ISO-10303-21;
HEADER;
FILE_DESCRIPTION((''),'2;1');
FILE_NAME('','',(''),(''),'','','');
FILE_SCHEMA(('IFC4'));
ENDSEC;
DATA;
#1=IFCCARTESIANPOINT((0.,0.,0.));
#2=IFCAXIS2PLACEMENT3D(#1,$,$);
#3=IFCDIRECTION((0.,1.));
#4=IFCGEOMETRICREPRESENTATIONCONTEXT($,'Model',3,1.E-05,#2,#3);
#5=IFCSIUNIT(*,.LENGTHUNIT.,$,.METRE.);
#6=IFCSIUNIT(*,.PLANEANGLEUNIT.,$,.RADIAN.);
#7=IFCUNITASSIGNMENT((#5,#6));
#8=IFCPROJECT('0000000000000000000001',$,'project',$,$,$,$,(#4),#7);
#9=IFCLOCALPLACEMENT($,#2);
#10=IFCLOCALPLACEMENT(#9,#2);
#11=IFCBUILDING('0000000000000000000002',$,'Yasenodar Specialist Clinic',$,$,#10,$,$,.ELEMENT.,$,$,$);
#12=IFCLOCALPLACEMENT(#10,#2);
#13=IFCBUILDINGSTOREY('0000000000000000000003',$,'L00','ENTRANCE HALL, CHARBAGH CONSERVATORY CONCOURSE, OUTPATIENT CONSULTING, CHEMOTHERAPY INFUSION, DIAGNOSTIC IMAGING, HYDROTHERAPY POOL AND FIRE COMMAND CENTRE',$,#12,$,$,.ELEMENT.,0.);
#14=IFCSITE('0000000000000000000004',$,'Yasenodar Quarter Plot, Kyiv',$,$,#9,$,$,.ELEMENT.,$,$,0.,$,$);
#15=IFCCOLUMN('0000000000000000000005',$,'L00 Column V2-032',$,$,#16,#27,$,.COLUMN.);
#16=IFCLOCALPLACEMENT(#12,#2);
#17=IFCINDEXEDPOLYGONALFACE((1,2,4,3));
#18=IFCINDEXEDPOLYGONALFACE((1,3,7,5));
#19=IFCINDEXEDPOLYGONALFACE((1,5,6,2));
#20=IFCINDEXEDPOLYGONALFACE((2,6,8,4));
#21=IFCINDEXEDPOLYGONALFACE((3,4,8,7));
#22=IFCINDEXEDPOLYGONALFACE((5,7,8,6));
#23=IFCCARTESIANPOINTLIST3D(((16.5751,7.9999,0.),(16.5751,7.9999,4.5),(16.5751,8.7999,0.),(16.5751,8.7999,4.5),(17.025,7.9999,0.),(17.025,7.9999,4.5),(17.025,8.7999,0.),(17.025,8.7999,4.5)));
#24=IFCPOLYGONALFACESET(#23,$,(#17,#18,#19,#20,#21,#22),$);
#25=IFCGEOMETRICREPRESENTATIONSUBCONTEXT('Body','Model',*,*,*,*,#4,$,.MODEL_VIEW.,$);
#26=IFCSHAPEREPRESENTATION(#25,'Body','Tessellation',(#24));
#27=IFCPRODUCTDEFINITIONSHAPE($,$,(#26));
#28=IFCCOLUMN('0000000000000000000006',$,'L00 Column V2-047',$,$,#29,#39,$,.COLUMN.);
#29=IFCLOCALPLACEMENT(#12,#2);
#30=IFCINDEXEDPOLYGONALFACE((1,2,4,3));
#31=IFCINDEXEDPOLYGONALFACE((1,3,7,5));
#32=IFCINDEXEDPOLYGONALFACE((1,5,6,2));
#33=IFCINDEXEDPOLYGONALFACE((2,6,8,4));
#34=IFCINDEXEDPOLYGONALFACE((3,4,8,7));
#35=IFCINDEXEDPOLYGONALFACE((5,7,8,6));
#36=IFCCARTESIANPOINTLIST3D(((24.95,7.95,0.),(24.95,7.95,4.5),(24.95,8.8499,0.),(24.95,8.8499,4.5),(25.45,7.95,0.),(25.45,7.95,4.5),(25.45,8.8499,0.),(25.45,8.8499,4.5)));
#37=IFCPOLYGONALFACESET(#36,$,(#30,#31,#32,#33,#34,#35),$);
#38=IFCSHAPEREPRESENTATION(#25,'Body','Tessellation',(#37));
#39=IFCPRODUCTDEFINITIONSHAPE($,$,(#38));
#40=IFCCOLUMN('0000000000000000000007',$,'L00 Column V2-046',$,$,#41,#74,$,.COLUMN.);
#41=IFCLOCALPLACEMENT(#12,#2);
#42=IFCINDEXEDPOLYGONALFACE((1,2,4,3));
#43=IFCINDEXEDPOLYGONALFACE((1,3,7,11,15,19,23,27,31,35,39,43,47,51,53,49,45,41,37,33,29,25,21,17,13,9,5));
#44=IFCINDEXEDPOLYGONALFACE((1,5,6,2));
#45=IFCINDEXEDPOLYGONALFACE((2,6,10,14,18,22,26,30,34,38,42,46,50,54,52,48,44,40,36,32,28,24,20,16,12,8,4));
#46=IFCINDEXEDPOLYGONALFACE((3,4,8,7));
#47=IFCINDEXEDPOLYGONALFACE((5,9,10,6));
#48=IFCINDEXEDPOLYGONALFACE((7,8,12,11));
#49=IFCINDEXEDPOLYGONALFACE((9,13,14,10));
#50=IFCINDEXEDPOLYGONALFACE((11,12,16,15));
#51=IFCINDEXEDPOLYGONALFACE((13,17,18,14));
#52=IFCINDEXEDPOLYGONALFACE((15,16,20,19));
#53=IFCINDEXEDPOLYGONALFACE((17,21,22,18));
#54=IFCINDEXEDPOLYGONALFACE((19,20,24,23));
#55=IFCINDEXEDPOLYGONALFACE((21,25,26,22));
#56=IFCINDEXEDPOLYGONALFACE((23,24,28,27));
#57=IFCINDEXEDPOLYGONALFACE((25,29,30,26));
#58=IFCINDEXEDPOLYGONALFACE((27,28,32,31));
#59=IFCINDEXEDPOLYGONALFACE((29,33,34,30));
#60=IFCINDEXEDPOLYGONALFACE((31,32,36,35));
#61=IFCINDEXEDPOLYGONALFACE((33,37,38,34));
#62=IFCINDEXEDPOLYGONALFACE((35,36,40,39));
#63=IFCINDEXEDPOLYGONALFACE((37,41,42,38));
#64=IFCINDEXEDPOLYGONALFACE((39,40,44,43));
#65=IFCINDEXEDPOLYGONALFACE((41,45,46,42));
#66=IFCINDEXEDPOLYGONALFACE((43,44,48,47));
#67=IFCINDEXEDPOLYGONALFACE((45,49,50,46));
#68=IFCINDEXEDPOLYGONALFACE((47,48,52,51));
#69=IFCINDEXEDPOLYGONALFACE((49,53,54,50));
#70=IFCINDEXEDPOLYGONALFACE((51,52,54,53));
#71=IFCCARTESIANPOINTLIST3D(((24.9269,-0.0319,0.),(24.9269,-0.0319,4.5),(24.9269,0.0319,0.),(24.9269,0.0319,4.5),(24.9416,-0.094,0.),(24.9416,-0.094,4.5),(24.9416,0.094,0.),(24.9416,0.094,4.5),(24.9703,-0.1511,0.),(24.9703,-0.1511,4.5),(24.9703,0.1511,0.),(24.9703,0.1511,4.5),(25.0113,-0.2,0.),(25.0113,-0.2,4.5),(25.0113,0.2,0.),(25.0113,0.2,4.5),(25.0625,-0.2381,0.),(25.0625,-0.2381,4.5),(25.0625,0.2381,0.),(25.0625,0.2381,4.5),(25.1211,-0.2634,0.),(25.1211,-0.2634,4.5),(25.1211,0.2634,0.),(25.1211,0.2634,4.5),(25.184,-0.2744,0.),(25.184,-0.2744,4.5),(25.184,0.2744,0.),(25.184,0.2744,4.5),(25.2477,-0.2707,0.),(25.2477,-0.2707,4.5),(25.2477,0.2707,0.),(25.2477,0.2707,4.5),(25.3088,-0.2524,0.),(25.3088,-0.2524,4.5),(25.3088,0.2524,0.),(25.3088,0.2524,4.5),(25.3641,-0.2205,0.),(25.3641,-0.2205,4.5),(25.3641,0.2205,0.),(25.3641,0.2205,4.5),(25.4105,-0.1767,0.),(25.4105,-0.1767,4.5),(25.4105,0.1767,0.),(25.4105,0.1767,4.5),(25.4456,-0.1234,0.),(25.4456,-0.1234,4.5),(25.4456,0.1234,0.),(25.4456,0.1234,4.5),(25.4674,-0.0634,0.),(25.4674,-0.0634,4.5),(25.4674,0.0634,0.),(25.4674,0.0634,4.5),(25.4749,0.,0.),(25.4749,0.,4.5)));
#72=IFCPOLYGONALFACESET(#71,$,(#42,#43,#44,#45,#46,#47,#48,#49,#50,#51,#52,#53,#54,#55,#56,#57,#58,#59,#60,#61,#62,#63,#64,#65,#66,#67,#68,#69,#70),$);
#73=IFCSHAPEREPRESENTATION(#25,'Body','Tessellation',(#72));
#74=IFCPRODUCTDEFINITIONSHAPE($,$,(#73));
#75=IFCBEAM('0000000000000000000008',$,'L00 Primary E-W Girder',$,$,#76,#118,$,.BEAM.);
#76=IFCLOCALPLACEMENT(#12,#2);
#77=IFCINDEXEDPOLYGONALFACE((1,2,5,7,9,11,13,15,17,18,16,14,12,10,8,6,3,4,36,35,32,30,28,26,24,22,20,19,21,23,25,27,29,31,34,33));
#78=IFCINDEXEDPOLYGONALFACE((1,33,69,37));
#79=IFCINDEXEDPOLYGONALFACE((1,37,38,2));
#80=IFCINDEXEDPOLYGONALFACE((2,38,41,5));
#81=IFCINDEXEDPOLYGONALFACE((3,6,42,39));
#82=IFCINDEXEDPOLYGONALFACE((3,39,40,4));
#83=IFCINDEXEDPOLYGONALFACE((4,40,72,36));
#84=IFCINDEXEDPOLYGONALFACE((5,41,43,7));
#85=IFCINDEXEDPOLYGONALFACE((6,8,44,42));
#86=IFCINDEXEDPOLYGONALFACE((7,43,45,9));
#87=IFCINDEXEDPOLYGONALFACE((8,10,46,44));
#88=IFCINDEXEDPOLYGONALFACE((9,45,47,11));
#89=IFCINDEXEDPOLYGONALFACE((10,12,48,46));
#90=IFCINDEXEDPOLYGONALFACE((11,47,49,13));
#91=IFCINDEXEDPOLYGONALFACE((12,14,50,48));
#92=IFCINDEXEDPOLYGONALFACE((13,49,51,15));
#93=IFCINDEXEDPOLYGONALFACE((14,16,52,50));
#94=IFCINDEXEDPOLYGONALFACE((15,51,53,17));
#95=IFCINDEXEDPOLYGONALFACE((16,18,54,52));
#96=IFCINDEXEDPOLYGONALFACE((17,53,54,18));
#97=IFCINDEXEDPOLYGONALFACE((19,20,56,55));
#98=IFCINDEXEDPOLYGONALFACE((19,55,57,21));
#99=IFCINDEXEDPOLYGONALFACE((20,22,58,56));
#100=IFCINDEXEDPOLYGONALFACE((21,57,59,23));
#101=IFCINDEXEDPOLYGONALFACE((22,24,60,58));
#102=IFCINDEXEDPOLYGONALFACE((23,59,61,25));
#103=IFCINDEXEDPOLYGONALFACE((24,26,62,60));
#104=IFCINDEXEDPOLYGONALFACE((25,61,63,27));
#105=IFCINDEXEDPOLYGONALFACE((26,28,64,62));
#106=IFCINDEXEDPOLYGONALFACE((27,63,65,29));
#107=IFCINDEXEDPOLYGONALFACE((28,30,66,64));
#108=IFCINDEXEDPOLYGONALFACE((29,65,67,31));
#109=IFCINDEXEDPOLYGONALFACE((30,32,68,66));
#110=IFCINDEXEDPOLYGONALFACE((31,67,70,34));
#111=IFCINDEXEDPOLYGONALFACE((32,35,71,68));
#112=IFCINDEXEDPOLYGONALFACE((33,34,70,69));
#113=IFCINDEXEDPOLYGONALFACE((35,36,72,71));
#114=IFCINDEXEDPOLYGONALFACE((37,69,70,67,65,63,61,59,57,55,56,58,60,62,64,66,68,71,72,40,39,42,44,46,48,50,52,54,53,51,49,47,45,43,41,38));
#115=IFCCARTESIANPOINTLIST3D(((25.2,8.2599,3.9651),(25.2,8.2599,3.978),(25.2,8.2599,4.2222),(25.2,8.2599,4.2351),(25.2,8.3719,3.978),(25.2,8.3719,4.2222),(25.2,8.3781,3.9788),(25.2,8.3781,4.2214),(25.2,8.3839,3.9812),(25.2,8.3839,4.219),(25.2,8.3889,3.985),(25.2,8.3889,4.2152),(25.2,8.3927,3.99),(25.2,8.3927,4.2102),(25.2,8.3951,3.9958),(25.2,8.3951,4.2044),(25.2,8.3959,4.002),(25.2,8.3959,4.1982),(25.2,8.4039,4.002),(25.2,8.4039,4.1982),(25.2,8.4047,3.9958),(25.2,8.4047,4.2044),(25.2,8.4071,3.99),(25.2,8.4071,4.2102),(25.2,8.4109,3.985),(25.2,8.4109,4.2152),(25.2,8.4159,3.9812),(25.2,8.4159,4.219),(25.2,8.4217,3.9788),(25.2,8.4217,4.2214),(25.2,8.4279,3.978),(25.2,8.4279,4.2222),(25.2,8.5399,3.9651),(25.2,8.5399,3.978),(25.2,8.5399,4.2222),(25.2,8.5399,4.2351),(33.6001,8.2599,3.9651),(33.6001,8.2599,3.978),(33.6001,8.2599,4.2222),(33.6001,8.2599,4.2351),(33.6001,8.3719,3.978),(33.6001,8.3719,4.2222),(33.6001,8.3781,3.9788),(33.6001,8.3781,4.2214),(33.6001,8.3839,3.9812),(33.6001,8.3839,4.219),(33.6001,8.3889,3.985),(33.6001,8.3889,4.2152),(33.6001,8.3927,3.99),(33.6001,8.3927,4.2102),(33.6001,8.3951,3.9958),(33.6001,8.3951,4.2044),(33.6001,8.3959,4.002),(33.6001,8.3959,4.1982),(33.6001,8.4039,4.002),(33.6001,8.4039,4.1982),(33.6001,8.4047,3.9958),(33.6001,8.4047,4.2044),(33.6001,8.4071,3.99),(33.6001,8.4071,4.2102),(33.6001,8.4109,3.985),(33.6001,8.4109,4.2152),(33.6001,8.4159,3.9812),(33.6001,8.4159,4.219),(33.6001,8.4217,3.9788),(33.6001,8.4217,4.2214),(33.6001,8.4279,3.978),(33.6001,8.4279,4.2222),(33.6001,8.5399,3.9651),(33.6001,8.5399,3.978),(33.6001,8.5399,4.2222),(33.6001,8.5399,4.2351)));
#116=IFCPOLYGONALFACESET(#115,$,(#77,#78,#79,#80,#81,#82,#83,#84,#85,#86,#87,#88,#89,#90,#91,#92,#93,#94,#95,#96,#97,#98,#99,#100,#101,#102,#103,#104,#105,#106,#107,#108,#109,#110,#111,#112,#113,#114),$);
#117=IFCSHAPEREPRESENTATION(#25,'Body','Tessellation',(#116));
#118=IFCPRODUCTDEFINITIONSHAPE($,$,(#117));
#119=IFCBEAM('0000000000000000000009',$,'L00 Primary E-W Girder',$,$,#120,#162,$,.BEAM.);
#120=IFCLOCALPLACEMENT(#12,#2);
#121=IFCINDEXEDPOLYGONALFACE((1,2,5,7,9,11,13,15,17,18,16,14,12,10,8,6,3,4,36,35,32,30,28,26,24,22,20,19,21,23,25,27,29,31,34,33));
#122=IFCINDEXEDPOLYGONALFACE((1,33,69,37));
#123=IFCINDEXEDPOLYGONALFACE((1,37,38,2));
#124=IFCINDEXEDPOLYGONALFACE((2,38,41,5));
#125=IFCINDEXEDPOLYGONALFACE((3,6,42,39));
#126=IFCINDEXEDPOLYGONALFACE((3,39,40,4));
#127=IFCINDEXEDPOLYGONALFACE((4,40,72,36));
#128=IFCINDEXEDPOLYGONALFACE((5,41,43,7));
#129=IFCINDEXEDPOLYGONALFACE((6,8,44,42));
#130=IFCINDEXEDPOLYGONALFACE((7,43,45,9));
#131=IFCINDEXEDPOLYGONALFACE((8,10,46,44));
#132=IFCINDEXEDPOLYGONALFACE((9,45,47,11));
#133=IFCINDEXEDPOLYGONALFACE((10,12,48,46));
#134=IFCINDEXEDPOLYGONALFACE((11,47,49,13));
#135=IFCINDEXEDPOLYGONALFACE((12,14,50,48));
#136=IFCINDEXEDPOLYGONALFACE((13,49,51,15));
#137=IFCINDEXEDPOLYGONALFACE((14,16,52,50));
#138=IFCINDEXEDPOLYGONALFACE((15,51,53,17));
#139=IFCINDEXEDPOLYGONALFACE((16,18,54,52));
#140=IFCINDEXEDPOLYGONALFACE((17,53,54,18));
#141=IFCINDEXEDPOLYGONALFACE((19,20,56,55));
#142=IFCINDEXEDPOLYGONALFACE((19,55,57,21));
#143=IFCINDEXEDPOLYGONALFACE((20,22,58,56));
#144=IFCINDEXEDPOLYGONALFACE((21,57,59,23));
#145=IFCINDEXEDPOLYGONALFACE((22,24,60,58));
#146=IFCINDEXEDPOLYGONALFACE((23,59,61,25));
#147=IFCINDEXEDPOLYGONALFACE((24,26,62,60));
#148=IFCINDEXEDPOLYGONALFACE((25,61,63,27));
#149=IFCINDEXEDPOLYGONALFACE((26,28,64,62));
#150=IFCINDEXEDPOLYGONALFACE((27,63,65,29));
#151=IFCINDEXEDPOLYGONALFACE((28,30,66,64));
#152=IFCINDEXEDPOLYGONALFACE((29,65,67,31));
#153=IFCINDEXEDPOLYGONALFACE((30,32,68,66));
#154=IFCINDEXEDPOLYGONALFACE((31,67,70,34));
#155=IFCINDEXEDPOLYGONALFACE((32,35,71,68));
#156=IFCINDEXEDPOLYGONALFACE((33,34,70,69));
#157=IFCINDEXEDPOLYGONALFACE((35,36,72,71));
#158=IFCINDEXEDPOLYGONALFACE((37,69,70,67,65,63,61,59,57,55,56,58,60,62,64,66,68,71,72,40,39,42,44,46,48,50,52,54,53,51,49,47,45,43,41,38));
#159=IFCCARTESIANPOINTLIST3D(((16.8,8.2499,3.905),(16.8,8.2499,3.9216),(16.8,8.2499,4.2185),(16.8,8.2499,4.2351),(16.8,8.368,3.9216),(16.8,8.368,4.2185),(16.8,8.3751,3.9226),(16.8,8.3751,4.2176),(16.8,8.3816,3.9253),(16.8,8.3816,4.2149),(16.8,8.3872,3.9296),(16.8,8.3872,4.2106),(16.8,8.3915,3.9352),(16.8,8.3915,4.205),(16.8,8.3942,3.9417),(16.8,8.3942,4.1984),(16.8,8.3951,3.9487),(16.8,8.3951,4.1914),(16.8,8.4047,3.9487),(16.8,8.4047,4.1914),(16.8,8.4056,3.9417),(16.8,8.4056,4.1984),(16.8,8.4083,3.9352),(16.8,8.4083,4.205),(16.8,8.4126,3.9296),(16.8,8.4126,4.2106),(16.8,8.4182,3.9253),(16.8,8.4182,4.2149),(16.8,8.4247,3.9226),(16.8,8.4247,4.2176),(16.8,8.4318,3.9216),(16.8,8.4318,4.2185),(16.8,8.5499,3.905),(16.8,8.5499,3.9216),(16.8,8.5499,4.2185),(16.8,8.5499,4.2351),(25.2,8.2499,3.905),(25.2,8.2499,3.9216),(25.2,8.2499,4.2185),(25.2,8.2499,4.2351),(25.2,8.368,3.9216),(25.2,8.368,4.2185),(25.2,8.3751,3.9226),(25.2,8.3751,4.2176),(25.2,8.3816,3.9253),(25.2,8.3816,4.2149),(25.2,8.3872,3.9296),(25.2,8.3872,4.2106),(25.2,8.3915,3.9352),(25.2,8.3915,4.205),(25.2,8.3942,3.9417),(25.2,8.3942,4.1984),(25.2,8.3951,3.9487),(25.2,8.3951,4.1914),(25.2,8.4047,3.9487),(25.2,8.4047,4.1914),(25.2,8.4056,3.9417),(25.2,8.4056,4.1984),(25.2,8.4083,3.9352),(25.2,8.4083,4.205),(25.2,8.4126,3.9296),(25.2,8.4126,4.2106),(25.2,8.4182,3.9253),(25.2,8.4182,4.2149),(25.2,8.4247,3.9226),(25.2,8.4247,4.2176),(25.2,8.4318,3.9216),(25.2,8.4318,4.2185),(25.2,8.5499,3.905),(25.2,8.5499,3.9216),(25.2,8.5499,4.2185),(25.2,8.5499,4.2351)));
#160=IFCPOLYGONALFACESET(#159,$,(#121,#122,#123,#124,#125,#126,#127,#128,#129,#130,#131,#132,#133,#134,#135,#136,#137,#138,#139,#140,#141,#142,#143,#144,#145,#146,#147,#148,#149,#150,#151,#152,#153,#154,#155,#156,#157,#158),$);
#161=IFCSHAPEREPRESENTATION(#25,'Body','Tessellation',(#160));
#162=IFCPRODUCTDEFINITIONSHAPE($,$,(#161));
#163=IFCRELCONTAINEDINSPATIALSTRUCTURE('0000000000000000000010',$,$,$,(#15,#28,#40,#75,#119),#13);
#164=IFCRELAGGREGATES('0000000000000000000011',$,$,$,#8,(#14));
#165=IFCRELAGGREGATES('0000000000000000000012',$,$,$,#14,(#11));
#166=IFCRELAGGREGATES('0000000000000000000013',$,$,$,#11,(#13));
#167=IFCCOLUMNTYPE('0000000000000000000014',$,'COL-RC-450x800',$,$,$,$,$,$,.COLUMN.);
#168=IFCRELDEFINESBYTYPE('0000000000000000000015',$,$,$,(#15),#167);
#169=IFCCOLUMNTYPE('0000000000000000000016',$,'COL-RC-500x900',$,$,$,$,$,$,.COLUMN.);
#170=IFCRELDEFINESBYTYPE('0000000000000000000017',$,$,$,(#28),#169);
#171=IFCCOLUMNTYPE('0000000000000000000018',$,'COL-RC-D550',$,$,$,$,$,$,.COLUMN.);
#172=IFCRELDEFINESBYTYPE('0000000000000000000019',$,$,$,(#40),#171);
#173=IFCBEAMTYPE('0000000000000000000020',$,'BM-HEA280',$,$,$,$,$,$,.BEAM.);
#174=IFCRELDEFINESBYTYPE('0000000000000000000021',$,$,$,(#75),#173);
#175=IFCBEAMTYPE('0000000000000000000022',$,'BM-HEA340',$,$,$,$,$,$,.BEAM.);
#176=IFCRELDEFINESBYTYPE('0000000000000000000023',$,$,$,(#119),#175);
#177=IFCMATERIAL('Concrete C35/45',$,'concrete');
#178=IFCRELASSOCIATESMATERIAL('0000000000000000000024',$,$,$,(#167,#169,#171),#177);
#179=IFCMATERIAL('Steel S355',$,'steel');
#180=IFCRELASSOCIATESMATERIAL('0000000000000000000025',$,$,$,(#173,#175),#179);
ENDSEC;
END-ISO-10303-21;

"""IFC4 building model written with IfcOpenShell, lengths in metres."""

from ifc_helpers import new_model, si_unit, direction, frame, origin, origin_2d, place, context, subcontext, project, spatial, rectangle, circle, i_section, extrude, material, material_profile, profile_set, type_object, element, save


model = new_model("IFC4")

# Units and contexts
model_context = context("Model", 3, precision=1e-05, world=origin(), true_north=direction((0.0, 1.0)))
body_context = subcontext(model_context, "Body", "Model", "MODEL_VIEW")
ifc_project = project(units=[si_unit("LENGTHUNIT", "METRE"), si_unit("PLANEANGLEUNIT", "RADIAN")], contexts=[model_context])

# Site, building, storey
site_placement = place(None, origin())
site = spatial("IfcSite", under=ifc_project, at=site_placement, Name="Yasenodar Quarter Plot, Kyiv", CompositionType="ELEMENT", RefElevation=0.0)
building_placement = place(site_placement, origin())
building = spatial("IfcBuilding", under=site, at=building_placement, Name="Yasenodar Specialist Clinic", CompositionType="ELEMENT")
storey_placement = place(building_placement, origin())
storey = spatial("IfcBuildingStorey", under=building, at=storey_placement, Name="L00", Description="ENTRANCE HALL, CHARBAGH CONSERVATORY CONCOURSE, OUTPATIENT CONSULTING, CHEMOTHERAPY INFUSION, DIAGNOSTIC IMAGING, HYDROTHERAPY POOL AND FIRE COMMAND CENTRE", CompositionType="ELEMENT", Elevation=0.0)

# Columns
ifc_material_1 = material(Name="Concrete C35/45", Category="concrete")
ifc_material_profile_1 = material_profile(ifc_material_1, rectangle(XDim=0.45, YDim=0.8, at=origin_2d()), Name="RC 450x800")
ifc_profile_set_1 = profile_set([ifc_material_profile_1], Name="Concrete C35/45")
column_type_1 = type_object("IfcColumnType", Name="COL-RC-450x800", PredefinedType="COLUMN", material=ifc_profile_set_1)
column_1_placement = place(storey_placement, frame((16.8, 8.3999, 0.0), z_axis=(0.0, 0.0, 1.0), x_axis=(1.0, 0.0, 0.0)))
element("IfcColumn", 1, at=column_1_placement, inside=storey, type_object=column_type_1, Name="L00 Column V2-032", PredefinedType="COLUMN", context=body_context, shape_type="SweptSolid", body=[
    extrude(rectangle(XDim=0.45, YDim=0.8, at=origin_2d()), origin(), (0.0, 0.0, 1.0), 4.5),
])
ifc_material_profile_2 = material_profile(ifc_material_1, rectangle(XDim=0.5, YDim=0.8999, at=origin_2d()), Name="RC 500x900")
ifc_profile_set_2 = profile_set([ifc_material_profile_2], Name="Concrete C35/45")
column_type_2 = type_object("IfcColumnType", Name="COL-RC-500x900", PredefinedType="COLUMN", material=ifc_profile_set_2)
column_2_placement = place(storey_placement, frame((25.2, 8.3999, 0.0), z_axis=(0.0, 0.0, 1.0), x_axis=(1.0, 0.0, 0.0)))
element("IfcColumn", 2, at=column_2_placement, inside=storey, type_object=column_type_2, Name="L00 Column V2-047", PredefinedType="COLUMN", context=body_context, shape_type="SweptSolid", body=[
    extrude(rectangle(XDim=0.5, YDim=0.8999, at=origin_2d()), origin(), (0.0, 0.0, 1.0), 4.5),
])
ifc_material_profile_3 = material_profile(ifc_material_1, circle(Radius=0.2749, at=origin_2d()), Name="RC D550")
ifc_profile_set_3 = profile_set([ifc_material_profile_3], Name="Concrete C35/45")
column_type_3 = type_object("IfcColumnType", Name="COL-RC-D550", PredefinedType="COLUMN", material=ifc_profile_set_3)
column_3_placement = place(storey_placement, frame((25.2, 0.0, 0.0), z_axis=(0.0, 0.0, 1.0), x_axis=(1.0, 0.0, 0.0)))
element("IfcColumn", 3, at=column_3_placement, inside=storey, type_object=column_type_3, Name="L00 Column V2-046", PredefinedType="COLUMN", context=body_context, shape_type="SweptSolid", body=[
    extrude(circle(Radius=0.2749, at=origin_2d()), origin(), (0.0, 0.0, 1.0), 4.5),
])

# Beams
ifc_material_2 = material(Name="Steel S355", Category="steel")
ifc_material_profile_4 = material_profile(ifc_material_2, i_section(OverallWidth=0.28, OverallDepth=0.27, WebThickness=0.0081, FlangeThickness=0.0129, FilletRadius=0.0239, at=origin_2d()), Name="HEA 280")
ifc_profile_set_4 = profile_set([ifc_material_profile_4], Name="Steel S355")
beam_type_1 = type_object("IfcBeamType", Name="BM-HEA280", PredefinedType="BEAM", material=ifc_profile_set_4)
beam_1_placement = place(storey_placement, frame((25.2, 8.3999, 4.1001), z_axis=(1.0, 0.0, 0.0), x_axis=(0.0, 1.0, 0.0)))
element("IfcBeam", 4, at=beam_1_placement, inside=storey, type_object=beam_type_1, Name="L00 Primary E-W Girder", PredefinedType="BEAM", context=body_context, shape_type="SweptSolid", body=[
    extrude(i_section(OverallWidth=0.28, OverallDepth=0.27, WebThickness=0.0081, FlangeThickness=0.0129, FilletRadius=0.0239, at=origin_2d()), origin(), (0.0, 0.0, 1.0), 8.4001),
])
ifc_material_profile_5 = material_profile(ifc_material_2, i_section(OverallWidth=0.3, OverallDepth=0.3301, WebThickness=0.0095, FlangeThickness=0.0166, FilletRadius=0.0271, at=origin_2d()), Name="HEA 340")
ifc_profile_set_5 = profile_set([ifc_material_profile_5], Name="Steel S355")
beam_type_2 = type_object("IfcBeamType", Name="BM-HEA340", PredefinedType="BEAM", material=ifc_profile_set_5)
beam_2_placement = place(storey_placement, frame((16.8, 8.3999, 4.0701), z_axis=(1.0, 0.0, 0.0), x_axis=(0.0, 1.0, 0.0)))
element("IfcBeam", 5, at=beam_2_placement, inside=storey, type_object=beam_type_2, Name="L00 Primary E-W Girder", PredefinedType="BEAM", context=body_context, shape_type="SweptSolid", body=[
    extrude(i_section(OverallWidth=0.3, OverallDepth=0.3301, WebThickness=0.0095, FlangeThickness=0.0166, FilletRadius=0.0271, at=origin_2d()), origin(), (0.0, 0.0, 1.0), 8.3999),
])

save(model, "model.ifc")
